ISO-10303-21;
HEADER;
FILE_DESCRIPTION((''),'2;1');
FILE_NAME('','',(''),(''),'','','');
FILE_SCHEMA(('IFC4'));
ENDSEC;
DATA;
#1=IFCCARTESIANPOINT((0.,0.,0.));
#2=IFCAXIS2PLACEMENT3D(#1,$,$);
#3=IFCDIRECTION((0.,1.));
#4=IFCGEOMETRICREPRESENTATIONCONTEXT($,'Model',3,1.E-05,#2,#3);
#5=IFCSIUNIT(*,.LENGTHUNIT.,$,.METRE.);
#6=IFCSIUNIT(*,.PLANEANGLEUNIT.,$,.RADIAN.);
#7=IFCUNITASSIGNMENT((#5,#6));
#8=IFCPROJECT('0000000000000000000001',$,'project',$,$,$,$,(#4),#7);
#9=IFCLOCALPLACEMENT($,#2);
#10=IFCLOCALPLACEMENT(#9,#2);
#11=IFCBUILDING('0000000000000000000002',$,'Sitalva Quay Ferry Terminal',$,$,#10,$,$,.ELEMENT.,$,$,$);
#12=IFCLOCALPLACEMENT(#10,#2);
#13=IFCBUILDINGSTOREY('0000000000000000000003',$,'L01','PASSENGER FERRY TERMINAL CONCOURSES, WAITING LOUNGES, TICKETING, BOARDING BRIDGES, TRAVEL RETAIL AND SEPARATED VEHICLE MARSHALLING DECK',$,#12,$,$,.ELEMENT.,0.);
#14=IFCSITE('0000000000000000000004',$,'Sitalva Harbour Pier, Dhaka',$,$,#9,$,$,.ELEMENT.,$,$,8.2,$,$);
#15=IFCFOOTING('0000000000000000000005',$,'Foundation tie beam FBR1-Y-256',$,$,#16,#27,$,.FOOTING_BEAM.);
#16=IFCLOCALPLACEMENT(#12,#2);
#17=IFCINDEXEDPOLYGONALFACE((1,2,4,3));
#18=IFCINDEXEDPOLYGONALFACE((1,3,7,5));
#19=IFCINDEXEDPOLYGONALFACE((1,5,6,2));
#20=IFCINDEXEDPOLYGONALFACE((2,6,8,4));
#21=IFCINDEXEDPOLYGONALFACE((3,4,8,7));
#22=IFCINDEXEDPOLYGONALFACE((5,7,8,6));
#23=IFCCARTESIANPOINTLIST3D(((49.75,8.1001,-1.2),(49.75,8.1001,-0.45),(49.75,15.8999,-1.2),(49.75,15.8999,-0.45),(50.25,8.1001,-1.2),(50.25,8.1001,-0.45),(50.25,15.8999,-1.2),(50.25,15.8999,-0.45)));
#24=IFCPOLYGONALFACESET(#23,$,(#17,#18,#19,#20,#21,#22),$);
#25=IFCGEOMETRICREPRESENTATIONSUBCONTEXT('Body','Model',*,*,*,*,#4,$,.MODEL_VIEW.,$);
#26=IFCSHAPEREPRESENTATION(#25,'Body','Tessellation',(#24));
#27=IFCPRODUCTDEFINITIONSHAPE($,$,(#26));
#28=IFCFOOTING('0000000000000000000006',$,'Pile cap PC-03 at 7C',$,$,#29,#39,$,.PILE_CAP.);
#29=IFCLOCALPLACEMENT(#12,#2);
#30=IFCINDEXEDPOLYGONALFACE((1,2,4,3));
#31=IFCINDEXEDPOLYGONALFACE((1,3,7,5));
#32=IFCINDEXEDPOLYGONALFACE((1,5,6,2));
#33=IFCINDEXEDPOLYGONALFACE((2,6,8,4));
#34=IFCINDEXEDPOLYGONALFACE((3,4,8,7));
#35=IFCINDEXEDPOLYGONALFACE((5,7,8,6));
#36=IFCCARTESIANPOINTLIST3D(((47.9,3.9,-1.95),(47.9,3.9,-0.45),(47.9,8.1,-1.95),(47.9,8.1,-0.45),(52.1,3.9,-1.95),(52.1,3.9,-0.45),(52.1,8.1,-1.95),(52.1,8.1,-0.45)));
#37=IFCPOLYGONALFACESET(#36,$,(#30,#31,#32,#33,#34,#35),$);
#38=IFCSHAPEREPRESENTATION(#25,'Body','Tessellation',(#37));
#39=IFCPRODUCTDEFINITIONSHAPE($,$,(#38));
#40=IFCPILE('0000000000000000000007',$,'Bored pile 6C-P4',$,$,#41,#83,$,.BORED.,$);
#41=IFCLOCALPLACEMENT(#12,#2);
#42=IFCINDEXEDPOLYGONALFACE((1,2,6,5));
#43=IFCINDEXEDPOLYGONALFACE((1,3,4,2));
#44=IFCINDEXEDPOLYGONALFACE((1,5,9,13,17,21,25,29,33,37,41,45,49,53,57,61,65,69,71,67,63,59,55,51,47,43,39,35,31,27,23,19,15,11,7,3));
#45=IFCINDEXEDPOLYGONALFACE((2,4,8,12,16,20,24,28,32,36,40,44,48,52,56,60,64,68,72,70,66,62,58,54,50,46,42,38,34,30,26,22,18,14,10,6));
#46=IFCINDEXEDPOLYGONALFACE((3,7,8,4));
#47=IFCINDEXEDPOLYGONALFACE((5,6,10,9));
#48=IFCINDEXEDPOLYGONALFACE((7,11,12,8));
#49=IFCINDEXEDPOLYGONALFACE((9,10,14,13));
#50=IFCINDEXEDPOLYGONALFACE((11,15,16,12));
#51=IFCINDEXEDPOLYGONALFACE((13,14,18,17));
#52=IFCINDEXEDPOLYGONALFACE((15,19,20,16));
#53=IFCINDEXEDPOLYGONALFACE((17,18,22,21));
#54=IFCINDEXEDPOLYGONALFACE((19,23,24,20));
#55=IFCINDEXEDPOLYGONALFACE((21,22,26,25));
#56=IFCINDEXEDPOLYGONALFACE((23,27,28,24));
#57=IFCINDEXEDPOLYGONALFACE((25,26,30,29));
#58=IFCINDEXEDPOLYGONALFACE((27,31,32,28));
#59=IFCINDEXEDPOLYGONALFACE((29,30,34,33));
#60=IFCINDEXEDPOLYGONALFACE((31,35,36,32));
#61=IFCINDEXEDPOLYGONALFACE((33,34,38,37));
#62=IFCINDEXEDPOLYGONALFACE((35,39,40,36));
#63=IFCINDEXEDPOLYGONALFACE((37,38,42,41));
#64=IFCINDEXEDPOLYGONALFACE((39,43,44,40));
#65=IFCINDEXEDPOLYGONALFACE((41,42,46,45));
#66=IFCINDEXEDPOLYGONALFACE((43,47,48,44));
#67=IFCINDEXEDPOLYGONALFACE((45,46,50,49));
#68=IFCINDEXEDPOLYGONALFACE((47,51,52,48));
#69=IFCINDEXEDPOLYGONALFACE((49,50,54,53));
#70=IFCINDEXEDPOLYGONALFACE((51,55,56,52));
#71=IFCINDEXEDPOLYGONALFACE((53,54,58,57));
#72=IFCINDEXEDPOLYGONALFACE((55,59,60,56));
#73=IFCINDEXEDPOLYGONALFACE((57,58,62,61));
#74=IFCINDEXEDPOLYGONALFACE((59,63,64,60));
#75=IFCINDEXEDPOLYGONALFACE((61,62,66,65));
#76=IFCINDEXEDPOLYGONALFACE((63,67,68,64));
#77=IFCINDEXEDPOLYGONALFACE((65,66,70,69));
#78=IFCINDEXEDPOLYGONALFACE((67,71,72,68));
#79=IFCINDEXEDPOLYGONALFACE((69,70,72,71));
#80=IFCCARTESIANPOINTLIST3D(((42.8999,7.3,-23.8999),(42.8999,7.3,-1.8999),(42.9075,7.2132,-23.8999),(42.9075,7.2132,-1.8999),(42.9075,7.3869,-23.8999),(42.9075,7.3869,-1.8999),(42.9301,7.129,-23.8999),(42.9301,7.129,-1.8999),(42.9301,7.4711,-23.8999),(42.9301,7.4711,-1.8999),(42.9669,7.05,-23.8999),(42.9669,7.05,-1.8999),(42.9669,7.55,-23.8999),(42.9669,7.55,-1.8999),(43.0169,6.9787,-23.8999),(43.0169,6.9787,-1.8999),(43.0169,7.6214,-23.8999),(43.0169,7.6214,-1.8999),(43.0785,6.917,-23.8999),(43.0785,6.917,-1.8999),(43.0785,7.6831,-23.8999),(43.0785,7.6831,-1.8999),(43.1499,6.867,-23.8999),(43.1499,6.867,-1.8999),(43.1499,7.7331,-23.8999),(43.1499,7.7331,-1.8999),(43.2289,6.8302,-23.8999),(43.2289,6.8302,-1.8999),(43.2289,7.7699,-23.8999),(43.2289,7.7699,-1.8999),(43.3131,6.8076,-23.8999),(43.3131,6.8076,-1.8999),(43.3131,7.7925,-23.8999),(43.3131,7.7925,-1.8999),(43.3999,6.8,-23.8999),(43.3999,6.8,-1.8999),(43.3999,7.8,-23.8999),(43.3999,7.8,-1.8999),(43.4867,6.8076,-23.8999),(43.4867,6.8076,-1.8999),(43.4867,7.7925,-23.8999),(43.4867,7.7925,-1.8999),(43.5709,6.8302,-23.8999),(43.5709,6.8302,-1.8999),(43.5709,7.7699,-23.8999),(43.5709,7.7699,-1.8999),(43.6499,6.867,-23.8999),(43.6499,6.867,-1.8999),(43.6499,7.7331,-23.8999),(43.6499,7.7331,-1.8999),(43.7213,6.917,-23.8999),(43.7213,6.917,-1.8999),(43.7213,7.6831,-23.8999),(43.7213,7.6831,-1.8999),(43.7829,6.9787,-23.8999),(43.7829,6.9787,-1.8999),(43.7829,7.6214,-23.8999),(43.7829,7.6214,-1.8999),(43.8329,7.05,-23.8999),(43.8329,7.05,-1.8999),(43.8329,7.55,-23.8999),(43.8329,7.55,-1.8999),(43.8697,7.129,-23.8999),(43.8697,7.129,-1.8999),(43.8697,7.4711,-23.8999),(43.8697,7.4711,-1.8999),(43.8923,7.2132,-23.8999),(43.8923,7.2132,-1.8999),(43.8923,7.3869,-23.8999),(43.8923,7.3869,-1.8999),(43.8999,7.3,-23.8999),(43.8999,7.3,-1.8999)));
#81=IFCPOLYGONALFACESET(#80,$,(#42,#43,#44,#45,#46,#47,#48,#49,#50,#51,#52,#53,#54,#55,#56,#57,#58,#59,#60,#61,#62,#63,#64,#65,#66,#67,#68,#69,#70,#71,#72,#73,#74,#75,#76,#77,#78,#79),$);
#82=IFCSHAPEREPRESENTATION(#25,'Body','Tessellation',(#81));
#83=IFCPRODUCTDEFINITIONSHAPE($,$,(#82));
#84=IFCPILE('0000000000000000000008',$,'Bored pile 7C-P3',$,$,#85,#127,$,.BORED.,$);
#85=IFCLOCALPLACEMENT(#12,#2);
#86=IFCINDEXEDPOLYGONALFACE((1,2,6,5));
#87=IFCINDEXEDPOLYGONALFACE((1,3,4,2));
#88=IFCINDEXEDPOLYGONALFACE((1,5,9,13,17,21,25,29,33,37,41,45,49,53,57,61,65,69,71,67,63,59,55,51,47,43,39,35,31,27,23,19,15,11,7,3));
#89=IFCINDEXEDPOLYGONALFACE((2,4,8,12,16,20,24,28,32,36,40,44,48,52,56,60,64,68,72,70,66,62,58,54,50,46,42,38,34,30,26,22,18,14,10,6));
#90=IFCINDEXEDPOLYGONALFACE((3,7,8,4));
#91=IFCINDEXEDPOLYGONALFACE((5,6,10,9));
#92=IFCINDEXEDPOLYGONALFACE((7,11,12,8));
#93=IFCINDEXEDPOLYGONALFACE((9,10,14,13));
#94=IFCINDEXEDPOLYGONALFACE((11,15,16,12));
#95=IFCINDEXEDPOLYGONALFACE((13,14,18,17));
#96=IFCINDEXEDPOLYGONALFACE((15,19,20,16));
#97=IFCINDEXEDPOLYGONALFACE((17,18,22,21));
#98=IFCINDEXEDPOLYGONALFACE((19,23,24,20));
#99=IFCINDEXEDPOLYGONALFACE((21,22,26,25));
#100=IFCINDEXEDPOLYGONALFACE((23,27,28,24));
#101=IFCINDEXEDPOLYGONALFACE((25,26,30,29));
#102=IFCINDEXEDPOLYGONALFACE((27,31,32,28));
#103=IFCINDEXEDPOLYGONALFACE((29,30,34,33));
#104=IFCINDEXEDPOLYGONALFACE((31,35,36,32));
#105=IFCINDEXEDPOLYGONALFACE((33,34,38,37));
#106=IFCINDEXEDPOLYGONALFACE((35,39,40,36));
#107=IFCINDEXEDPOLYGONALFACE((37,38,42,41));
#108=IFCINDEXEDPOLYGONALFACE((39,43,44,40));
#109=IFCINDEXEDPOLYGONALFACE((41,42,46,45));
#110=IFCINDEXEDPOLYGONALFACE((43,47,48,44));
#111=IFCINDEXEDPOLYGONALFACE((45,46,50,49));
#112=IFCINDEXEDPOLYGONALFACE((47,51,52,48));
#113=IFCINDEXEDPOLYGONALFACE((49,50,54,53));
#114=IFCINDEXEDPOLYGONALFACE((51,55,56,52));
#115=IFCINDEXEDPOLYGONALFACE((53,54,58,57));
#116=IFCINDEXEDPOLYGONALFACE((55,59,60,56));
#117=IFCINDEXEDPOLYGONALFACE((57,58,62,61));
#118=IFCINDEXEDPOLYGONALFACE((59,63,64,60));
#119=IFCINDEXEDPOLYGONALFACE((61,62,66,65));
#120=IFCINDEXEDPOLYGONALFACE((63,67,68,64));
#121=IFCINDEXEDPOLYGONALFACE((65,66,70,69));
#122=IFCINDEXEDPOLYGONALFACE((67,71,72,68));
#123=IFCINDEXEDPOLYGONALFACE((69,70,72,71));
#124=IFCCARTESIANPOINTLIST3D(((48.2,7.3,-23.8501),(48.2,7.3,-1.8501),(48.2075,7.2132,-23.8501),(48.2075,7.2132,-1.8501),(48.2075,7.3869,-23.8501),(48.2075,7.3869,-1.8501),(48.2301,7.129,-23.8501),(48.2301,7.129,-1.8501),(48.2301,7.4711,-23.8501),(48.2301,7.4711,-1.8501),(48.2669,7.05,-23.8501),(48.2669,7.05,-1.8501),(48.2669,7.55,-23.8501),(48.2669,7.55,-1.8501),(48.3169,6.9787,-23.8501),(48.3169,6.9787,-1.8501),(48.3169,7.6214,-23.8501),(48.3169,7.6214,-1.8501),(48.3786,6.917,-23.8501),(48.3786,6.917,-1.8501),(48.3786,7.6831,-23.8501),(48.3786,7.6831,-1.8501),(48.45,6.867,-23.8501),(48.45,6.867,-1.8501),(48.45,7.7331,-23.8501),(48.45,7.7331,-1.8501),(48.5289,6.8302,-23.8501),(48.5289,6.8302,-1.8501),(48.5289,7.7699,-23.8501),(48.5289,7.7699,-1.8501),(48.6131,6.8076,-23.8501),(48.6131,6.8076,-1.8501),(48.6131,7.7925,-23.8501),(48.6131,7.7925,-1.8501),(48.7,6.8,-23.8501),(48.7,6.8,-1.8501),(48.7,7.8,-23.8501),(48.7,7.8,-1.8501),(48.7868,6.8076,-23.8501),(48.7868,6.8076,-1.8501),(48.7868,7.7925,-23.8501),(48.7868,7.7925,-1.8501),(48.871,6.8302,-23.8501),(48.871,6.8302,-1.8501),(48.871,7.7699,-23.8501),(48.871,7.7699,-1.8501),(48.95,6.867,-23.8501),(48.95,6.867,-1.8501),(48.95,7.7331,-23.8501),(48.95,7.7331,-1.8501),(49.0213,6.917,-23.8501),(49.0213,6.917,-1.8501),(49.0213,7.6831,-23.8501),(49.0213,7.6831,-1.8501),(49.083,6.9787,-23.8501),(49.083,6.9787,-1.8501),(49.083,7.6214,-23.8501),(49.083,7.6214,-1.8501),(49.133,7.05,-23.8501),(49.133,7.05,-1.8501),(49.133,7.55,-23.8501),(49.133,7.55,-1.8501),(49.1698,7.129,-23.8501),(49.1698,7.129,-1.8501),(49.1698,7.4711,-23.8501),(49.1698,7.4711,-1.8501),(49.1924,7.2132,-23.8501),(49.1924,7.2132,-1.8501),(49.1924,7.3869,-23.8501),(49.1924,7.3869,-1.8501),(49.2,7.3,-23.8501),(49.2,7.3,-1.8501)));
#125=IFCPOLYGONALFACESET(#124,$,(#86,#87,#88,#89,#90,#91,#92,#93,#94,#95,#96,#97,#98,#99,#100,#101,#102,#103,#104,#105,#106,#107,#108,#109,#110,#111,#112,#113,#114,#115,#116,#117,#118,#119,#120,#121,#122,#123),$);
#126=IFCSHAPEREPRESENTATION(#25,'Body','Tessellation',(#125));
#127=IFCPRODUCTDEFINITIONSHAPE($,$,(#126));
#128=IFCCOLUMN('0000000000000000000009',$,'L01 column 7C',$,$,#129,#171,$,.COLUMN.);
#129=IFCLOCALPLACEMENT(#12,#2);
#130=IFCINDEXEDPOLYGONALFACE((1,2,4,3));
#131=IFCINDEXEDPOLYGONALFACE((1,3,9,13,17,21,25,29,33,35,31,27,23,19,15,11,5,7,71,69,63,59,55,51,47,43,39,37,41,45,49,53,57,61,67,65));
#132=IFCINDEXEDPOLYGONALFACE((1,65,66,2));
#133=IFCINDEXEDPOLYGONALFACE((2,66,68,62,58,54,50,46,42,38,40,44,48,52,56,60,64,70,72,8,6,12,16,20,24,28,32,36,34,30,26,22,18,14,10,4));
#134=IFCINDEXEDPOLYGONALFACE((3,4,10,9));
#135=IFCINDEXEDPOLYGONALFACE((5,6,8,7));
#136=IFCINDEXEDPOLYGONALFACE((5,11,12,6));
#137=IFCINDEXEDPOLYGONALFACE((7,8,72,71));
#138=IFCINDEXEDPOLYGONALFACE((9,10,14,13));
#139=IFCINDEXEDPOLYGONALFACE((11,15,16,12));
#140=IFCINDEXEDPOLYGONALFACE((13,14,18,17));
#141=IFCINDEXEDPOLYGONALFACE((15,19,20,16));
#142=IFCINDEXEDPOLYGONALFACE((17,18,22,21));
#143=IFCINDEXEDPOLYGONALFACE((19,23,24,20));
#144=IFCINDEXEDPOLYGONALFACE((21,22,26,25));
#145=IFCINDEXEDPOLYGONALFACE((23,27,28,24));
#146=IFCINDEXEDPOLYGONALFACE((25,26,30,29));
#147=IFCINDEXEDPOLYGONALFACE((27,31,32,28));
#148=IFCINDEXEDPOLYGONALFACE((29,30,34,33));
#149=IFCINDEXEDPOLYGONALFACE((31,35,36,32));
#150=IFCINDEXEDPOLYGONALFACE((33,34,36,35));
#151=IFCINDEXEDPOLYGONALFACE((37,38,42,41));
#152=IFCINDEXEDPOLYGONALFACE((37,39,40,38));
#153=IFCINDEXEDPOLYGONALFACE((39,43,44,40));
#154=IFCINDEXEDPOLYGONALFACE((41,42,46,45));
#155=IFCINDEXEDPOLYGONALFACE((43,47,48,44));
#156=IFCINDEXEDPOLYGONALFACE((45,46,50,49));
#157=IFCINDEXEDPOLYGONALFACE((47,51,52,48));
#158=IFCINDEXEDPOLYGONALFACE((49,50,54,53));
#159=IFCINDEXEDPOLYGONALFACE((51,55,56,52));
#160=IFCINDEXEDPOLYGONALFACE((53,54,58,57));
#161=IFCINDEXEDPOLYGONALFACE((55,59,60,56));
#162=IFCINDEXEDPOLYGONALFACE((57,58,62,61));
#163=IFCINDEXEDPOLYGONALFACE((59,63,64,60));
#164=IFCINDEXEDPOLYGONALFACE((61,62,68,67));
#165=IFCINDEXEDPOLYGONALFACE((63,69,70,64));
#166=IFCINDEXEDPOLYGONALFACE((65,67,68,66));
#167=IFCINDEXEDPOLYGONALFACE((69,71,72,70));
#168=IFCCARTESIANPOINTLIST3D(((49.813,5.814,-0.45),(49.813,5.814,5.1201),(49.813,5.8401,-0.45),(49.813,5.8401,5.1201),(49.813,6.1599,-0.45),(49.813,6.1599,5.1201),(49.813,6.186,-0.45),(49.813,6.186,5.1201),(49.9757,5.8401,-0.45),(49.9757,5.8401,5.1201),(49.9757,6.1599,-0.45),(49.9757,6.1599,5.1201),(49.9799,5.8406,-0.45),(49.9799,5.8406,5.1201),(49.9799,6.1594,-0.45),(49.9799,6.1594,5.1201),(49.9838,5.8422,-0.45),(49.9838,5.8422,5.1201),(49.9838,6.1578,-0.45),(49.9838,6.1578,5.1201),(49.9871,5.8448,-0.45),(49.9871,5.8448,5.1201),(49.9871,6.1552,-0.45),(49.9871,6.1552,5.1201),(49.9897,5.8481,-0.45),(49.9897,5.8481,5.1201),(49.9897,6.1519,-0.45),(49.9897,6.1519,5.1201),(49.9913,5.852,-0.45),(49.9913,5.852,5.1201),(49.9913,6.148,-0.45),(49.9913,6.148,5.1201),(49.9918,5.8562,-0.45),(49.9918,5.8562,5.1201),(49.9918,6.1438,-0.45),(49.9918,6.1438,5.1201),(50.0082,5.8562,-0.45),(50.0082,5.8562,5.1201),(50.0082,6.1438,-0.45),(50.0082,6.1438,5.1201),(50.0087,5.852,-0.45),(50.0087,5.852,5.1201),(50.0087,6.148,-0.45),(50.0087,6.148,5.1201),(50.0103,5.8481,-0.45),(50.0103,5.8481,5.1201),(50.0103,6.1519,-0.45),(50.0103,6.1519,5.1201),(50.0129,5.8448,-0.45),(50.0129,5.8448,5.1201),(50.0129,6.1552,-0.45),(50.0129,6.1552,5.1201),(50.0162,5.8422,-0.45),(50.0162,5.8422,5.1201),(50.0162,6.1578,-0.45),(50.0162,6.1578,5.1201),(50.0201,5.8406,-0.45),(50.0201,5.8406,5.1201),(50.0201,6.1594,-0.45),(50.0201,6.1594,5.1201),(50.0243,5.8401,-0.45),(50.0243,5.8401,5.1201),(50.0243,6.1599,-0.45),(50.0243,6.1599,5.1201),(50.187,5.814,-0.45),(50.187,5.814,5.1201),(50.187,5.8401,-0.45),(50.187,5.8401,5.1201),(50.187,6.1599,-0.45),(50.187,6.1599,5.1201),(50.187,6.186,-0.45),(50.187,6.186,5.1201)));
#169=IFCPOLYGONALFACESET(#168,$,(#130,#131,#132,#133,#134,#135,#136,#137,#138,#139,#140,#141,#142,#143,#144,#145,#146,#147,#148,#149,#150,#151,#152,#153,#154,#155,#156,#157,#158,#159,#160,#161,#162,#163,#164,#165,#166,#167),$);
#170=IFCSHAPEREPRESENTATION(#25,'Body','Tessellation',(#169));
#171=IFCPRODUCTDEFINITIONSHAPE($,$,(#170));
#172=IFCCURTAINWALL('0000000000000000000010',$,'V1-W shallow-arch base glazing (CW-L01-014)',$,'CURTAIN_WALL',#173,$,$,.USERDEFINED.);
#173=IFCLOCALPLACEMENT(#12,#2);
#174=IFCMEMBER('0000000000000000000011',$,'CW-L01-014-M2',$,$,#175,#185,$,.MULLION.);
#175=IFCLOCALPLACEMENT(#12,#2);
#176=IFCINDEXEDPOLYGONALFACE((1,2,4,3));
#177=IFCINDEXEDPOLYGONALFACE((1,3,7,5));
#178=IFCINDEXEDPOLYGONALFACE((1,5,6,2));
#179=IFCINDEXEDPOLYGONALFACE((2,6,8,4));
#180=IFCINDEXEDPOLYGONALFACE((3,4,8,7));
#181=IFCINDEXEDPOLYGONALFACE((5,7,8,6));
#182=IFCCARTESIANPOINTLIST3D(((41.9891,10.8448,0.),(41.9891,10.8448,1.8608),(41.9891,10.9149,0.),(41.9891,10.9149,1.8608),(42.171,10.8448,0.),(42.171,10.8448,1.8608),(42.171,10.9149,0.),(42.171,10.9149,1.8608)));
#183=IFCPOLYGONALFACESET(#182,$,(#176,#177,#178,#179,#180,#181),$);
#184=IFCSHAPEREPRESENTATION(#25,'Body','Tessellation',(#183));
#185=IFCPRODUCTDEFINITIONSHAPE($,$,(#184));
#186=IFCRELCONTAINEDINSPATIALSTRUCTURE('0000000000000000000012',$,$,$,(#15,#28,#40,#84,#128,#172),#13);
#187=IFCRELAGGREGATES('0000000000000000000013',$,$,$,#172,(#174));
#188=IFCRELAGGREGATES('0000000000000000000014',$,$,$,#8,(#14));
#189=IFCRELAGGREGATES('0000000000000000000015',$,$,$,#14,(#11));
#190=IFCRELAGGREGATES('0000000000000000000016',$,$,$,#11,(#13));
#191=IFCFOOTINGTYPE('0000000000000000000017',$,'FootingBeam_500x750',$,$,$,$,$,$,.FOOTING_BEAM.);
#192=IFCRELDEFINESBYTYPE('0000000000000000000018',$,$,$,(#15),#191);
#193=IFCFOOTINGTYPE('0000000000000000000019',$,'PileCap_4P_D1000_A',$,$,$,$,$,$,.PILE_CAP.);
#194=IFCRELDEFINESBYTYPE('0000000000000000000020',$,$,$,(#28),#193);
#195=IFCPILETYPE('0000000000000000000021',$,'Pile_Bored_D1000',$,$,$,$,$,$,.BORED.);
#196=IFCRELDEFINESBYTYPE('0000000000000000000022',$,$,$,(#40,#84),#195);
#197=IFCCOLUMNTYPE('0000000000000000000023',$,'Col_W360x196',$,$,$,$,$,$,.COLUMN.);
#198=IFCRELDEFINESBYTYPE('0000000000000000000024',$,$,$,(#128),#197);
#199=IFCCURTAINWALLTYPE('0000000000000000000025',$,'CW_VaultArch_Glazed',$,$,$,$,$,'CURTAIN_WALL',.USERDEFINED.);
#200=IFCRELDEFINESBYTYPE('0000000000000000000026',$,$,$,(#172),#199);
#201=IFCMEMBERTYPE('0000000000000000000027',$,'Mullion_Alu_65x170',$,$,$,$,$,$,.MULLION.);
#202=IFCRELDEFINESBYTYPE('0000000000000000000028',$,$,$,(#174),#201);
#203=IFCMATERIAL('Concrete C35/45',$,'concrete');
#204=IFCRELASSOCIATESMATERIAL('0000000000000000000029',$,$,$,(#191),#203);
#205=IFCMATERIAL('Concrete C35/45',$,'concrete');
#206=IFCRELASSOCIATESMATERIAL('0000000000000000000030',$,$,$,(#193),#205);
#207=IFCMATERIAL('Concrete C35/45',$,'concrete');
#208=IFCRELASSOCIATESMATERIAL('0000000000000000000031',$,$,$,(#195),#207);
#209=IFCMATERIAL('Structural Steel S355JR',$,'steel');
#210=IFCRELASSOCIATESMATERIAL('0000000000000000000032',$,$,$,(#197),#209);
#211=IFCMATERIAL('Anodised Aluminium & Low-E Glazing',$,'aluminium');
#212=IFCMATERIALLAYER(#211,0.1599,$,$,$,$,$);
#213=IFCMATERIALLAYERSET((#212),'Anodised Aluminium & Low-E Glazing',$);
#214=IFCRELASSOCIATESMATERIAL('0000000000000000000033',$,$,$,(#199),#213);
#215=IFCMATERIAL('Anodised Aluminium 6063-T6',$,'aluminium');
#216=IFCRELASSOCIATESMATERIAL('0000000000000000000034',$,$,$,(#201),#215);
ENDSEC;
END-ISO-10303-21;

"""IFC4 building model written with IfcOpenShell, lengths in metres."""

from ifc_helpers import new_model, si_unit, direction, frame, origin, origin_2d, place, context, subcontext, project, spatial, rectangle, circle, i_section, extrude, material, layer, layer_set, material_profile, profile_set, type_object, element, aggregate, save


model = new_model("IFC4")

# Units and contexts
model_context = context("Model", 3, precision=1e-05, world=origin(), true_north=direction((0.0, 1.0)))
body_context = subcontext(model_context, "Body", "Model", "MODEL_VIEW")
ifc_project = project(units=[si_unit("LENGTHUNIT", "METRE"), si_unit("PLANEANGLEUNIT", "RADIAN")], contexts=[model_context])

# Site, building, storey
site_placement = place(None, origin())
site = spatial("IfcSite", under=ifc_project, at=site_placement, Name="Sitalva Harbour Pier, Dhaka", CompositionType="ELEMENT", RefElevation=8.2)
building_placement = place(site_placement, origin())
building = spatial("IfcBuilding", under=site, at=building_placement, Name="Sitalva Quay Ferry Terminal", CompositionType="ELEMENT")
storey_placement = place(building_placement, origin())
storey = spatial("IfcBuildingStorey", under=building, at=storey_placement, Name="L01", Description="PASSENGER FERRY TERMINAL CONCOURSES, WAITING LOUNGES, TICKETING, BOARDING BRIDGES, TRAVEL RETAIL AND SEPARATED VEHICLE MARSHALLING DECK", CompositionType="ELEMENT", Elevation=0.0)

# Footings
ifc_material_1 = material(Name="Concrete C35/45", Category="concrete")
ifc_material_profile_1 = material_profile(ifc_material_1, rectangle(XDim=0.5, YDim=0.75, at=origin_2d()), Name="RC500x750")
ifc_profile_set_1 = profile_set([ifc_material_profile_1], Name="Concrete C35/45")
footing_type_1 = type_object("IfcFootingType", Name="FootingBeam_500x750", PredefinedType="FOOTING_BEAM", material=ifc_profile_set_1)
footing_1_placement = place(storey_placement, frame((50.0, 8.1001, -0.825), z_axis=(0.0, 1.0, 0.0), x_axis=(-1.0, 0.0, 0.0)))
element("IfcFooting", 1, at=footing_1_placement, inside=storey, type_object=footing_type_1, Name="Foundation tie beam FBR1-Y-256", PredefinedType="FOOTING_BEAM", context=body_context, shape_type="SweptSolid", body=[
    extrude(rectangle(XDim=0.5, YDim=0.75, at=origin_2d()), origin(), (0.0, 0.0, 1.0), 7.7998),
])
ifc_material_2 = material(Name="Concrete C35/45", Category="concrete")
footing_type_2 = type_object("IfcFootingType", Name="PileCap_4P_D1000_A", PredefinedType="PILE_CAP", material=ifc_material_2)
footing_2_placement = place(storey_placement, frame((50.0, 6.0, -1.95), z_axis=(0.0, 0.0, 1.0), x_axis=(1.0, 0.0, 0.0)))
element("IfcFooting", 2, at=footing_2_placement, inside=storey, type_object=footing_type_2, Name="Pile cap PC-03 at 7C", PredefinedType="PILE_CAP", context=body_context, shape_type="SweptSolid", body=[
    extrude(rectangle(XDim=4.2, YDim=4.2, at=origin_2d()), origin(), (0.0, 0.0, 1.0), 1.5),
])

# Piles
ifc_material_3 = material(Name="Concrete C35/45", Category="concrete")
ifc_material_profile_2 = material_profile(ifc_material_3, circle(Radius=0.5, at=origin_2d()), Name="PILE-D1000")
ifc_profile_set_2 = profile_set([ifc_material_profile_2], Name="Concrete C35/45")
pile_type = type_object("IfcPileType", Name="Pile_Bored_D1000", PredefinedType="BORED", material=ifc_profile_set_2)
for number, where, z_axis, x_axis, name in (
    (3, (43.3999, 7.3, -1.8999), (0.0, 0.0, -1.0), (1.0, 0.0, 0.0), "Bored pile 6C-P4"),
    (4, (48.7, 7.3, -1.8501), (0.0, 0.0, -1.0), (1.0, 0.0, 0.0), "Bored pile 7C-P3"),
):
    element("IfcPile", number, at=place(storey_placement, frame(where, z_axis=z_axis, x_axis=x_axis)), inside=storey, type_object=pile_type, Name=name, PredefinedType="BORED", context=body_context, shape_type="SweptSolid", body=[
        extrude(circle(Radius=0.5, at=origin_2d()), origin(), (0.0, 0.0, 1.0), 22.0),
    ])

# Column
ifc_material_4 = material(Name="Structural Steel S355JR", Category="steel")
ifc_material_profile_3 = material_profile(ifc_material_4, i_section(OverallWidth=0.374, OverallDepth=0.3721, WebThickness=0.0164, FlangeThickness=0.0261, FilletRadius=0.0161, at=origin_2d()), Name="W360x196")
ifc_profile_set_3 = profile_set([ifc_material_profile_3], Name="Structural Steel S355JR")
column_type = type_object("IfcColumnType", Name="Col_W360x196", PredefinedType="COLUMN", material=ifc_profile_set_3)
column_placement = place(storey_placement, frame((50.0, 6.0, -0.45), z_axis=(0.0, 0.0, 1.0), x_axis=(1.0, 0.0, 0.0)))
element("IfcColumn", 5, at=column_placement, inside=storey, type_object=column_type, Name="L01 column 7C", PredefinedType="COLUMN", context=body_context, shape_type="SweptSolid", body=[
    extrude(i_section(OverallWidth=0.374, OverallDepth=0.3721, WebThickness=0.0164, FlangeThickness=0.0261, FilletRadius=0.0161, at=origin_2d()), origin(), (0.0, 0.0, 1.0), 5.5701),
])

# Curtain wall, member
ifc_material_5 = material(Name="Anodised Aluminium & Low-E Glazing", Category="aluminium")
ifc_layer_1 = layer(ifc_material_5, 0.1599)
ifc_layer_set_1 = layer_set([ifc_layer_1], Name="Anodised Aluminium & Low-E Glazing")
curtain_wall_type_1 = type_object("IfcCurtainWallType", Name="CW_VaultArch_Glazed", ElementType="CURTAIN_WALL", PredefinedType="USERDEFINED", material=ifc_layer_set_1)
curtain_wall_1_placement = place(storey_placement, origin())
curtain_wall_1 = element("IfcCurtainWall", 6, at=curtain_wall_1_placement, inside=storey, type_object=curtain_wall_type_1, Name="V1-W shallow-arch base glazing (CW-L01-014)", ObjectType="CURTAIN_WALL", PredefinedType="USERDEFINED")
ifc_material_6 = material(Name="Anodised Aluminium 6063-T6", Category="aluminium")
ifc_material_profile_4 = material_profile(ifc_material_6, rectangle(XDim=0.0701, YDim=0.1819, at=origin_2d()), Name="ALU70x182")
ifc_profile_set_4 = profile_set([ifc_material_profile_4], Name="Anodised Aluminium 6063-T6")
member_type_1 = type_object("IfcMemberType", Name="Mullion_Alu_65x170", PredefinedType="MULLION", material=ifc_profile_set_4)
member_1_placement = place(storey_placement, frame((42.0801, 10.8799, 0.0), z_axis=(0.0, 0.0, 1.0), x_axis=(0.0, 1.0, 0.0)))
member_1 = element("IfcMember", 7, at=member_1_placement, type_object=member_type_1, Name="CW-L01-014-M2", PredefinedType="MULLION", context=body_context, shape_type="SweptSolid", body=[
    extrude(rectangle(XDim=0.0701, YDim=0.1819, at=origin_2d()), origin(), (0.0, 0.0, 1.0), 1.8608),
])

aggregate(curtain_wall_1, [member_1])

save(model, "model.ifc")
